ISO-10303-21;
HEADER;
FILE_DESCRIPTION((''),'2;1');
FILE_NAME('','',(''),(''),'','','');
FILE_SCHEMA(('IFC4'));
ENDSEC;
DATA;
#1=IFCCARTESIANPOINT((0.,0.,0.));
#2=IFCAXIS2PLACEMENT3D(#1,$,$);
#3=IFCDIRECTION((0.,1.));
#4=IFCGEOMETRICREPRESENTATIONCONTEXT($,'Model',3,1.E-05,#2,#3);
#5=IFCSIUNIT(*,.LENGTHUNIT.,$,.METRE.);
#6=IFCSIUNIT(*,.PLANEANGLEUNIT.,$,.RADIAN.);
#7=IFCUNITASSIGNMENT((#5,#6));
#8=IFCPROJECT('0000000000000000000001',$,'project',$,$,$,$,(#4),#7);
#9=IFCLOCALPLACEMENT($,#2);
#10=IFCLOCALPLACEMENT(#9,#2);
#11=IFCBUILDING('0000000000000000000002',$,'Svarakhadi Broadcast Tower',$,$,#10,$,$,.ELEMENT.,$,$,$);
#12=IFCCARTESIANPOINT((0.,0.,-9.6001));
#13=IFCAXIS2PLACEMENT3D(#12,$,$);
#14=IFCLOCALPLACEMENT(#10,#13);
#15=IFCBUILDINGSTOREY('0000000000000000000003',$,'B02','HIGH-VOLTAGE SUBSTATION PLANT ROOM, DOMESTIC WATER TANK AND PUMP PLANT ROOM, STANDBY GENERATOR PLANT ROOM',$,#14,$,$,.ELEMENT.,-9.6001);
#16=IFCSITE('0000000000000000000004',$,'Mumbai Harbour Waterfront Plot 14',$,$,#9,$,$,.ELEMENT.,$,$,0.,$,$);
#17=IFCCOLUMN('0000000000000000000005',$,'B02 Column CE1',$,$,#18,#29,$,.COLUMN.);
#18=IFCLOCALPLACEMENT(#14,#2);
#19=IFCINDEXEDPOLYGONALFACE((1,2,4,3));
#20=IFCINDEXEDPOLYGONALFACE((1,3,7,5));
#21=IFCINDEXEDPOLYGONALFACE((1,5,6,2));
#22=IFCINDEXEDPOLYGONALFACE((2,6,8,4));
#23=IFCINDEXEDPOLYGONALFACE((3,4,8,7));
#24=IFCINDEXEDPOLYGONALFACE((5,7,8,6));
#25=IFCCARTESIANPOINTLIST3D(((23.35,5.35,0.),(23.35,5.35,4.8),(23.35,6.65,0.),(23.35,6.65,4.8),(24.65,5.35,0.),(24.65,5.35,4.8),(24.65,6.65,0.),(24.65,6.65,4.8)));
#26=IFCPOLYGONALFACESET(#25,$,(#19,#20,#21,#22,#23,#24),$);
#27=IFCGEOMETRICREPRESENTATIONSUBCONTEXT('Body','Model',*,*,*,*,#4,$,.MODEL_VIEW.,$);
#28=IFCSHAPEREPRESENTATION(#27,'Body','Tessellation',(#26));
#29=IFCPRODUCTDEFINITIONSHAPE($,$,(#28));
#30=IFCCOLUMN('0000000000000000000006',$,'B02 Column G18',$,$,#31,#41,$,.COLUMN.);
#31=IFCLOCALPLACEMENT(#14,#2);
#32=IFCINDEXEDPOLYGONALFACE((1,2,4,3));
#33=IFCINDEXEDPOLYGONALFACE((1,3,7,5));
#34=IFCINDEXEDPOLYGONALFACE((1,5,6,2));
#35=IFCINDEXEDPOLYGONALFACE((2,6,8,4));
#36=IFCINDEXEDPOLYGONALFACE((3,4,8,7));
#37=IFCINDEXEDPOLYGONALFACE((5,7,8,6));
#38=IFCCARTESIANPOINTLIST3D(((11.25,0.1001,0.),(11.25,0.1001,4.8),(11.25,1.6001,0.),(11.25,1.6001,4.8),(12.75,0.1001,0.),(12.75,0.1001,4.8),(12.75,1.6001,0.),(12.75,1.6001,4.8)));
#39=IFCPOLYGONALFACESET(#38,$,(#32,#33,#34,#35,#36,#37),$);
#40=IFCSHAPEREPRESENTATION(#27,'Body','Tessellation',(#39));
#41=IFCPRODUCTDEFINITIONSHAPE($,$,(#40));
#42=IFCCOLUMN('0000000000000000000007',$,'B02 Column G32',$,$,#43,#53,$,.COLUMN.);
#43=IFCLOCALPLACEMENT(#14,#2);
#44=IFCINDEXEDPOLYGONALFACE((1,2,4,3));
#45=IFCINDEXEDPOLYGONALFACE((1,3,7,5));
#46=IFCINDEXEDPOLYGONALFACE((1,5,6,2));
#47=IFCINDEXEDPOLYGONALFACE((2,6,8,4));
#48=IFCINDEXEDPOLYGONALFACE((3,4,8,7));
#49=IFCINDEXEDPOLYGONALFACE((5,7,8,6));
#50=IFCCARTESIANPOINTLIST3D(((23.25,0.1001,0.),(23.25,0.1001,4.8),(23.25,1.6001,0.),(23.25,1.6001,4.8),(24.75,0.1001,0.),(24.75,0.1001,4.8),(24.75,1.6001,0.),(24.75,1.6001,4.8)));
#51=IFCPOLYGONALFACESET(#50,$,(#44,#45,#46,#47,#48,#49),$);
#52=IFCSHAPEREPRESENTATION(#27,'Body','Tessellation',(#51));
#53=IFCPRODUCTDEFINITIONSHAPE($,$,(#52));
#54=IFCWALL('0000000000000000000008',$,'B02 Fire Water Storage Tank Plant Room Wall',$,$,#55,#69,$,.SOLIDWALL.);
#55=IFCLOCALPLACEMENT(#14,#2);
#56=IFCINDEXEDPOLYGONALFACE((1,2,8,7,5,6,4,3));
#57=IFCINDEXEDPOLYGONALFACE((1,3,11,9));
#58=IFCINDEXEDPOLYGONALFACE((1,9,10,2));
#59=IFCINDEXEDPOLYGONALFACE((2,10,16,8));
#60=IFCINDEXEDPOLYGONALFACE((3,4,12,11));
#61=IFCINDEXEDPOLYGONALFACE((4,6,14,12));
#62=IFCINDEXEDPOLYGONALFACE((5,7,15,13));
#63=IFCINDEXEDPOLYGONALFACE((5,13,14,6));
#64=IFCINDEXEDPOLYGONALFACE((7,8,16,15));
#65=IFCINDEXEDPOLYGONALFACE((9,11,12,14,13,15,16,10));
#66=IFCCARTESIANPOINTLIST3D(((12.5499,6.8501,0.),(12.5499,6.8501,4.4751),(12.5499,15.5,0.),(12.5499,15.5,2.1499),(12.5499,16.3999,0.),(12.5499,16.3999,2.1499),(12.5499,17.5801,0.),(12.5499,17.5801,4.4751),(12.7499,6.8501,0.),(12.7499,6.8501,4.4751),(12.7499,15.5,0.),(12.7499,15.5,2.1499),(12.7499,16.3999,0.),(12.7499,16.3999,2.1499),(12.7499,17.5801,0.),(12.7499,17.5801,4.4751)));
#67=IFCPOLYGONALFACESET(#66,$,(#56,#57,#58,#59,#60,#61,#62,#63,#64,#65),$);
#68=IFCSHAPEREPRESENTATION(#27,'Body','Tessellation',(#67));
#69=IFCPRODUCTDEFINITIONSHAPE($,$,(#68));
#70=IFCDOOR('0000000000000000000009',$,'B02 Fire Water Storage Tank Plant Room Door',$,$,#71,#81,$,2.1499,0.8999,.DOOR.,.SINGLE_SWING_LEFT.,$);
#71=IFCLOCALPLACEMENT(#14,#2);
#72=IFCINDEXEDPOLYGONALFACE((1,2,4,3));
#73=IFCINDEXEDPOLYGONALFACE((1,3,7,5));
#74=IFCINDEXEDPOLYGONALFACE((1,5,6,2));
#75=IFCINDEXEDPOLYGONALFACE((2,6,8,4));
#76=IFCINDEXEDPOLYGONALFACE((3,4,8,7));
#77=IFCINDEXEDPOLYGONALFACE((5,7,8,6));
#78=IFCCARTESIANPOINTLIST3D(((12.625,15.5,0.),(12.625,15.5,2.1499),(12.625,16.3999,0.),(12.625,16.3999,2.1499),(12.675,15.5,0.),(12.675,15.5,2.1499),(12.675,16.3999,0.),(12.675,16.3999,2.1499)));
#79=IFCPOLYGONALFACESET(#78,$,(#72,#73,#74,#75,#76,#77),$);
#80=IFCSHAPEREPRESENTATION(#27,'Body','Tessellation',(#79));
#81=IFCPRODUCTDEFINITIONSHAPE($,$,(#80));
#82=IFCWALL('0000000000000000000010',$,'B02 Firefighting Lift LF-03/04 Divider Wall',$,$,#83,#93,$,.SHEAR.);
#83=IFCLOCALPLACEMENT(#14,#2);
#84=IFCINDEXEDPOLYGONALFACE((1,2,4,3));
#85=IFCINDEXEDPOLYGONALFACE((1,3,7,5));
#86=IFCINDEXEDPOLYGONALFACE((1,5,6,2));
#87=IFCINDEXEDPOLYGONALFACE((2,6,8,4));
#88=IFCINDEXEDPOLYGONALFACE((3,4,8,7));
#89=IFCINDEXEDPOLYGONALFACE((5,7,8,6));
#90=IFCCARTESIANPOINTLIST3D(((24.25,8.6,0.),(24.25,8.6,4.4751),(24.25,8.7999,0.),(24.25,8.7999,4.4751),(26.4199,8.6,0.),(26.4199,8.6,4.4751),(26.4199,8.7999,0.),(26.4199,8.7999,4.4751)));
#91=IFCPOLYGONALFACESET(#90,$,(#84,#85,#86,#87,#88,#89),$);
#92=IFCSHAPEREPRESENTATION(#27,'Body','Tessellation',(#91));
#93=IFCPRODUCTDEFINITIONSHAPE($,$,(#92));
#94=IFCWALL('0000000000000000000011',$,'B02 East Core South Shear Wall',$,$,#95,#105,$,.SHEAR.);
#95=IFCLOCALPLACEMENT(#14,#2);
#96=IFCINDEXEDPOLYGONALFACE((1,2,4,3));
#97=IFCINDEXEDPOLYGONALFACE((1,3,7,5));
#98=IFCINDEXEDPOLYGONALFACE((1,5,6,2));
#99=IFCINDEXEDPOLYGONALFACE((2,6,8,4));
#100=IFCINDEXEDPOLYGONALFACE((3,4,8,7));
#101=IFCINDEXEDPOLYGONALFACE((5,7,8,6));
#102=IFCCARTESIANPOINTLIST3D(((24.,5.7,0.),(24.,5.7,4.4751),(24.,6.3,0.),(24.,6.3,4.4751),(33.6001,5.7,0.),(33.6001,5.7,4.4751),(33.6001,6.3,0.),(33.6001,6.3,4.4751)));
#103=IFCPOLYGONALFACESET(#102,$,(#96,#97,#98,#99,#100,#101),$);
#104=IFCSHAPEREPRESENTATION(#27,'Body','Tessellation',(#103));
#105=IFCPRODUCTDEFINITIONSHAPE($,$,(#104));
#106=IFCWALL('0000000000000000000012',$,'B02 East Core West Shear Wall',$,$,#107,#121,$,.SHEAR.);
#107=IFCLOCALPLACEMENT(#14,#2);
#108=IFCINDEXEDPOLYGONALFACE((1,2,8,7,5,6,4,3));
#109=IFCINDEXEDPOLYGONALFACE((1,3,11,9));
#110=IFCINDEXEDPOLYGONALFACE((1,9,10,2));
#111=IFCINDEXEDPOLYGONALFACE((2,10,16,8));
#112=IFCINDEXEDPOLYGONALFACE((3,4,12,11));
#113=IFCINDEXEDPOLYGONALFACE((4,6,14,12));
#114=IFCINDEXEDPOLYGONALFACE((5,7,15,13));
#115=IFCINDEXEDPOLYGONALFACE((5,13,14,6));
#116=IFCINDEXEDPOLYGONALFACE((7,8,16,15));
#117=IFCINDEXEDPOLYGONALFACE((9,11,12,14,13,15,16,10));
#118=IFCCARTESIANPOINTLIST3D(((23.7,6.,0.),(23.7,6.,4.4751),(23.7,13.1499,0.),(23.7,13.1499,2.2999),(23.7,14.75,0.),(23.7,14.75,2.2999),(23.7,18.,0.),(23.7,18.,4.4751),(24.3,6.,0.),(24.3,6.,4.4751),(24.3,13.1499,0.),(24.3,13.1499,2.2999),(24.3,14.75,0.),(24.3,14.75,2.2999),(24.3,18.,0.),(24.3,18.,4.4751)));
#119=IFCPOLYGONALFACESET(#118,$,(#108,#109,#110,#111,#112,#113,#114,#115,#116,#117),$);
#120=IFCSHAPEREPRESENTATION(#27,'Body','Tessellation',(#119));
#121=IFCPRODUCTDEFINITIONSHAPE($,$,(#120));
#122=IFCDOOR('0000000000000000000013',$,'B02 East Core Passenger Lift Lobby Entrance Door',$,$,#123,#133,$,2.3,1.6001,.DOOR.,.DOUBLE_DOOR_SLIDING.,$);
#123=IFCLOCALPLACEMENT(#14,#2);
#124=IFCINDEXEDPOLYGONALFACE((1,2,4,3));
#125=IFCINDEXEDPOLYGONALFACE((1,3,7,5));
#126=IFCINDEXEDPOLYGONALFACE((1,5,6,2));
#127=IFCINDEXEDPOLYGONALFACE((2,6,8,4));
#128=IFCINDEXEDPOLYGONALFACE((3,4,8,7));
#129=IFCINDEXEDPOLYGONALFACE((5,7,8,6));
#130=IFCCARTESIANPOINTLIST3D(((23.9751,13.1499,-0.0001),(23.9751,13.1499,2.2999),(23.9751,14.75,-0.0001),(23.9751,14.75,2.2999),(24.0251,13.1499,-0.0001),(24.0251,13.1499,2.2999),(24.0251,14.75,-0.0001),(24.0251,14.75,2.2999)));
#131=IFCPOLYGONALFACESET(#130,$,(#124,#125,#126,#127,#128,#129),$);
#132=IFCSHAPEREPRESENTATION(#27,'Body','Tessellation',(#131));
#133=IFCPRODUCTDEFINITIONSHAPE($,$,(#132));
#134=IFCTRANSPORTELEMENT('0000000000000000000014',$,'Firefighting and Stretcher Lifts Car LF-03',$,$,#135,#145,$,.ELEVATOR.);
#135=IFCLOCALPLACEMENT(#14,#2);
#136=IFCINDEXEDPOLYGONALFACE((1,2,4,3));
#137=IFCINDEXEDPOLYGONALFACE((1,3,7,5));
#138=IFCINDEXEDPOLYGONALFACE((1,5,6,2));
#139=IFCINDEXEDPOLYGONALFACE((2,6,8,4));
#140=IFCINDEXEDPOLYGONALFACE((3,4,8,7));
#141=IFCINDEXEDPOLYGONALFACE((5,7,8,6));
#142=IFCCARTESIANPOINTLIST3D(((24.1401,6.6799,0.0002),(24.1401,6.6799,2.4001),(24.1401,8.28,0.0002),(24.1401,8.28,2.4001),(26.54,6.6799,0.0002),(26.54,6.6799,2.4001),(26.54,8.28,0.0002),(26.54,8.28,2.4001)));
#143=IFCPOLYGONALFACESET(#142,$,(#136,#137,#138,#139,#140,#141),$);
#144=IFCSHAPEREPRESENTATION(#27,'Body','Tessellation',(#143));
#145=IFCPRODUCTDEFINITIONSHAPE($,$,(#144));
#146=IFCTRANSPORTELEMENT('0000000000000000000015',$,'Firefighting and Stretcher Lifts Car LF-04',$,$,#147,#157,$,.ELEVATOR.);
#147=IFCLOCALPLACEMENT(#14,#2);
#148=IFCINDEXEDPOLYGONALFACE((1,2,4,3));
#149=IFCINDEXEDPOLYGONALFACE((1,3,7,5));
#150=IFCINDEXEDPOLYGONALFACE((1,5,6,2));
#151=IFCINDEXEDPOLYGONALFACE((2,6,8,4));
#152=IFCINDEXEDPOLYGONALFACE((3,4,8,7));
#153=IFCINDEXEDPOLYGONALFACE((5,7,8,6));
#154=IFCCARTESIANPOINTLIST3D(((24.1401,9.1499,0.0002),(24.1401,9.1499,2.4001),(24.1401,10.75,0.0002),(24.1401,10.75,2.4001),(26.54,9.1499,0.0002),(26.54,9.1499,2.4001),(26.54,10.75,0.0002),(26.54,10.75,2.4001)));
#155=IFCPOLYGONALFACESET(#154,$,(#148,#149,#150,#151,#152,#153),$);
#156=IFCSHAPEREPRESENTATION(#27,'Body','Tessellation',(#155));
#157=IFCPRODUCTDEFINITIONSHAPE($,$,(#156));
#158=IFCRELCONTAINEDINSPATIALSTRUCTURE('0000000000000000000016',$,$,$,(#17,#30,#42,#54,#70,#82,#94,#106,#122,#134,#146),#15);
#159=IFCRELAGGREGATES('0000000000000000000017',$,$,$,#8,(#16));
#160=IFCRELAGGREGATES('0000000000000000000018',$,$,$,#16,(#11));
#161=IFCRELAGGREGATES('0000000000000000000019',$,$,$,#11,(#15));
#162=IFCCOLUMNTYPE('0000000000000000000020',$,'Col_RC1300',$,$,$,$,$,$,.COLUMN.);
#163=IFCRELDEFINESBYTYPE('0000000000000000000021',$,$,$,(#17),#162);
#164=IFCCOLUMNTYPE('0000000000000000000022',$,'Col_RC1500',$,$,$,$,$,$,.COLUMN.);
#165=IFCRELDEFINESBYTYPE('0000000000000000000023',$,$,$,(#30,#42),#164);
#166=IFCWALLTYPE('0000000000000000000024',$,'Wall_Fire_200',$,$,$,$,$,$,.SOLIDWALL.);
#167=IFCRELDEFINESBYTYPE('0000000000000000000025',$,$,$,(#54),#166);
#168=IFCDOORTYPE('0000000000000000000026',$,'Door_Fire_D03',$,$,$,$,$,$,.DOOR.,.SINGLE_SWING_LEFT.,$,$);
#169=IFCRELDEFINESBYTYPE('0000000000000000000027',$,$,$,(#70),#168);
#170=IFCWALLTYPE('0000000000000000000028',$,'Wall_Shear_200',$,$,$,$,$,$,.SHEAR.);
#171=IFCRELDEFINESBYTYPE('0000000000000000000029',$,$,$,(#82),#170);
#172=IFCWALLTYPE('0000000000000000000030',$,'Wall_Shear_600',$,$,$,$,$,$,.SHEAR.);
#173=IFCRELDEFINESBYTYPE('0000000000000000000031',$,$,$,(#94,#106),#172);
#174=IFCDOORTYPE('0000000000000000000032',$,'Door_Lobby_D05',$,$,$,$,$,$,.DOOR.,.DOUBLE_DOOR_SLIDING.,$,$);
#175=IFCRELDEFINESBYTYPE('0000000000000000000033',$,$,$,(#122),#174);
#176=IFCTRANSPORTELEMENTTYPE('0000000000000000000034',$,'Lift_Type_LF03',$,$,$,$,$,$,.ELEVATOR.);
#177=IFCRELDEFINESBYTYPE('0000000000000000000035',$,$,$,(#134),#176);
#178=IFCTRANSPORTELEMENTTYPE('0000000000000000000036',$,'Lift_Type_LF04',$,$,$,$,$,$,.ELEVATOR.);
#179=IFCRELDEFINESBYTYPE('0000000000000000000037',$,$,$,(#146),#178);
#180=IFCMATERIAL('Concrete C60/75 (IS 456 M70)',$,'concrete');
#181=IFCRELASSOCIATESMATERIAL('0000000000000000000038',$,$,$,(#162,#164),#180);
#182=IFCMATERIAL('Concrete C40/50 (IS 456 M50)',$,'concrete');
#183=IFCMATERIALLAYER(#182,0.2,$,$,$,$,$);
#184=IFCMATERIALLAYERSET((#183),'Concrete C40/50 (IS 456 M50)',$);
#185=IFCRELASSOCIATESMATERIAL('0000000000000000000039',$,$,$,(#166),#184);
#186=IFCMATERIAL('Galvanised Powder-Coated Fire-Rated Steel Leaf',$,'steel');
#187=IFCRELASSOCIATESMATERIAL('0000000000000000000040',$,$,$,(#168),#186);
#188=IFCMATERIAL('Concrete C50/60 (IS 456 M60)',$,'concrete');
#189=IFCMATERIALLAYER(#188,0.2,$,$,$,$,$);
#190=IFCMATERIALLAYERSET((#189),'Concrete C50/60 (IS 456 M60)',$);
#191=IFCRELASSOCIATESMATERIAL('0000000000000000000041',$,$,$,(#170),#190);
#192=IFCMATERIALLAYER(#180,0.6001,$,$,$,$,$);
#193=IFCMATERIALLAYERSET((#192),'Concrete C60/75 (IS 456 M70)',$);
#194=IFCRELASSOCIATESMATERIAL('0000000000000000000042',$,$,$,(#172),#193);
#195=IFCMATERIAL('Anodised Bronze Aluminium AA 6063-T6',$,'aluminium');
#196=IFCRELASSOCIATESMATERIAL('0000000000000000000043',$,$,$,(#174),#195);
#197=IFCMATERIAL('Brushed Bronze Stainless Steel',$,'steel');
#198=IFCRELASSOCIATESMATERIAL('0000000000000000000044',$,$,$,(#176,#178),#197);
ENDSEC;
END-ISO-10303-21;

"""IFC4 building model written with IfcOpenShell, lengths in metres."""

from ifc_helpers import new_model, si_unit, direction, frame, frame_2d, origin, origin_2d, place, context, subcontext, project, spatial, rectangle, extrude, material, layer, layer_set, material_profile, profile_set, type_object, element, fill, save


model = new_model("IFC4")

# Units and contexts
model_context = context("Model", 3, precision=1e-05, world=origin(), true_north=direction((0.0, 1.0)))
body_context = subcontext(model_context, "Body", "Model", "MODEL_VIEW")
ifc_project = project(units=[si_unit("LENGTHUNIT", "METRE"), si_unit("PLANEANGLEUNIT", "RADIAN")], contexts=[model_context])

# Site, building, storey
site_placement = place(None, origin())
site = spatial("IfcSite", under=ifc_project, at=site_placement, Name="Mumbai Harbour Waterfront Plot 14", CompositionType="ELEMENT", RefElevation=0.0)
building_placement = place(site_placement, origin())
building = spatial("IfcBuilding", under=site, at=building_placement, Name="Svarakhadi Broadcast Tower", CompositionType="ELEMENT")
storey_placement = place(building_placement, frame((0.0, 0.0, -9.6001)))
storey = spatial("IfcBuildingStorey", under=building, at=storey_placement, Name="B02", Description="HIGH-VOLTAGE SUBSTATION PLANT ROOM, DOMESTIC WATER TANK AND PUMP PLANT ROOM, STANDBY GENERATOR PLANT ROOM", CompositionType="ELEMENT", Elevation=-9.6001)

# Columns
ifc_material_1 = material(Name="Concrete C60/75 (IS 456 M70)", Category="concrete")
ifc_material_profile_1 = material_profile(ifc_material_1, rectangle(XDim=1.3, YDim=1.3, at=origin_2d()), Name="RC 1300x1300")
ifc_profile_set_1 = profile_set([ifc_material_profile_1], Name="Concrete C60/75 (IS 456 M70)")
column_type_1 = type_object("IfcColumnType", Name="Col_RC1300", PredefinedType="COLUMN", material=ifc_profile_set_1)
column_1_placement = place(storey_placement, frame((24.0, 6.0, 0.0), z_axis=(0.0, 0.0, 1.0), x_axis=(1.0, 0.0, 0.0)))
element("IfcColumn", 1, at=column_1_placement, inside=storey, type_object=column_type_1, Name="B02 Column CE1", PredefinedType="COLUMN", context=body_context, shape_type="SweptSolid", body=[
    extrude(rectangle(XDim=1.3, YDim=1.3, at=origin_2d()), origin(), (0.0, 0.0, 1.0), 4.8),
])
ifc_material_profile_2 = material_profile(ifc_material_1, rectangle(XDim=1.5, YDim=1.5, at=origin_2d()), Name="RC 1500x1500")
ifc_profile_set_2 = profile_set([ifc_material_profile_2], Name="Concrete C60/75 (IS 456 M70)")
column_type_2 = type_object("IfcColumnType", Name="Col_RC1500", PredefinedType="COLUMN", material=ifc_profile_set_2)
for number, where, z_axis, x_axis, name in (
    (2, (12.0, 0.8501, 0.0), (0.0, 0.0, 1.0), (1.0, 0.0, 0.0), "B02 Column G18"),
    (3, (24.0, 0.8501, 0.0), (0.0, 0.0, 1.0), (1.0, 0.0, 0.0), "B02 Column G32"),
):
    element("IfcColumn", number, at=place(storey_placement, frame(where, z_axis=z_axis, x_axis=x_axis)), inside=storey, type_object=column_type_2, Name=name, PredefinedType="COLUMN", context=body_context, shape_type="SweptSolid", body=[
        extrude(rectangle(XDim=1.5, YDim=1.5, at=origin_2d()), origin(), (0.0, 0.0, 1.0), 4.8),
    ])

# Wall, opening, door
ifc_material_2 = material(Name="Concrete C40/50 (IS 456 M50)", Category="concrete")
ifc_layer_1 = layer(ifc_material_2, 0.2)
ifc_layer_set_1 = layer_set([ifc_layer_1], Name="Concrete C40/50 (IS 456 M50)")
wall_type_1 = type_object("IfcWallType", Name="Wall_Fire_200", PredefinedType="SOLIDWALL", material=ifc_layer_set_1)
wall_1_placement = place(storey_placement, frame((12.6499, 6.8501, 0.0), z_axis=(0.0, 0.0, 1.0), x_axis=(0.0, 1.0, 0.0)))
wall_1 = element("IfcWall", 4, at=wall_1_placement, inside=storey, type_object=wall_type_1, Name="B02 Fire Water Storage Tank Plant Room Wall", PredefinedType="SOLIDWALL", context=body_context, shape_type="SweptSolid", body=[
    extrude(rectangle(XDim=10.73, YDim=0.2, at=frame_2d((5.365, 0.0))), origin(), (0.0, 0.0, 1.0), 4.4751),
])
opening_1_placement = place(wall_1_placement, frame((8.6499, 0.0, 0.0)))
opening_1 = element("IfcOpeningElement", 5, at=opening_1_placement, cuts=wall_1, PredefinedType="OPENING", context=body_context, shape_type="SweptSolid", body=[
    extrude(rectangle(XDim=0.8999, YDim=2.1499, at=frame_2d((0.45, 1.075))), frame((0.0, 0.1099, 0.0), z_axis=(0.0, -1.0, 0.0), x_axis=(1.0, 0.0, 0.0)), (0.0, 0.0, 1.0), 0.22),
])
ifc_material_3 = material(Name="Galvanised Powder-Coated Fire-Rated Steel Leaf", Category="steel")
door_type_1 = type_object("IfcDoorType", Name="Door_Fire_D03", OperationType="SINGLE_SWING_LEFT", PredefinedType="DOOR", material=ifc_material_3)
door_1_placement = place(opening_1_placement, origin())
door_1 = element("IfcDoor", 6, at=door_1_placement, inside=storey, type_object=door_type_1, Name="B02 Fire Water Storage Tank Plant Room Door", OperationType="SINGLE_SWING_LEFT", OverallHeight=2.1499, OverallWidth=0.8999, PredefinedType="DOOR", context=body_context, shape_type="SweptSolid", body=[
    extrude(rectangle(XDim=0.8999, YDim=2.1499, at=frame_2d((0.45, 1.075))), frame((0.0, 0.0249, 0.0), z_axis=(0.0, -1.0, 0.0), x_axis=(1.0, 0.0, 0.0)), (0.0, 0.0, 1.0), 0.05),
])
fill(opening_1, door_1)

# Walls
ifc_material_4 = material(Name="Concrete C50/60 (IS 456 M60)", Category="concrete")
ifc_layer_2 = layer(ifc_material_4, 0.2)
ifc_layer_set_2 = layer_set([ifc_layer_2], Name="Concrete C50/60 (IS 456 M60)")
wall_type_2 = type_object("IfcWallType", Name="Wall_Shear_200", PredefinedType="SHEAR", material=ifc_layer_set_2)
wall_2_placement = place(storey_placement, frame((24.25, 8.7, 0.0), z_axis=(0.0, 0.0, 1.0), x_axis=(1.0, 0.0, 0.0)))
element("IfcWall", 7, at=wall_2_placement, inside=storey, type_object=wall_type_2, Name="B02 Firefighting Lift LF-03/04 Divider Wall", PredefinedType="SHEAR", context=body_context, shape_type="SweptSolid", body=[
    extrude(rectangle(XDim=2.1699, YDim=0.2, at=frame_2d((1.085, 0.0))), origin(), (0.0, 0.0, 1.0), 4.4751),
])
ifc_layer_3 = layer(ifc_material_1, 0.6001)
ifc_layer_set_3 = layer_set([ifc_layer_3], Name="Concrete C60/75 (IS 456 M70)")
wall_type_3 = type_object("IfcWallType", Name="Wall_Shear_600", PredefinedType="SHEAR", material=ifc_layer_set_3)
wall_3_placement = place(storey_placement, frame((24.0, 6.0, 0.0), z_axis=(0.0, 0.0, 1.0), x_axis=(1.0, 0.0, 0.0)))
element("IfcWall", 8, at=wall_3_placement, inside=storey, type_object=wall_type_3, Name="B02 East Core South Shear Wall", PredefinedType="SHEAR", context=body_context, shape_type="SweptSolid", body=[
    extrude(rectangle(XDim=9.6001, YDim=0.6001, at=frame_2d((4.8, 0.0))), origin(), (0.0, 0.0, 1.0), 4.4751),
])

# Wall, opening, door
wall_4_placement = place(storey_placement, frame((24.0, 6.0, 0.0), z_axis=(0.0, 0.0, 1.0), x_axis=(0.0, 1.0, 0.0)))
wall_4 = element("IfcWall", 9, at=wall_4_placement, inside=storey, type_object=wall_type_3, Name="B02 East Core West Shear Wall", PredefinedType="SHEAR", context=body_context, shape_type="SweptSolid", body=[
    extrude(rectangle(XDim=12.0, YDim=0.6001, at=frame_2d((6.0, 0.0))), origin(), (0.0, 0.0, 1.0), 4.4751),
])
opening_2_placement = place(wall_4_placement, frame((7.1499, 0.0, 0.0)))
opening_2 = element("IfcOpeningElement", 10, at=opening_2_placement, cuts=wall_4, PredefinedType="OPENING", context=body_context, shape_type="SweptSolid", body=[
    extrude(rectangle(XDim=1.6001, YDim=2.3, at=frame_2d((0.8, 1.1499))), frame((0.0, 0.3101, 0.0), z_axis=(0.0, -1.0, 0.0), x_axis=(1.0, 0.0, 0.0)), (0.0, 0.0, 1.0), 0.6201),
])
ifc_material_5 = material(Name="Anodised Bronze Aluminium AA 6063-T6", Category="aluminium")
door_type_2 = type_object("IfcDoorType", Name="Door_Lobby_D05", OperationType="DOUBLE_DOOR_SLIDING", PredefinedType="DOOR", material=ifc_material_5)
door_2_placement = place(opening_2_placement, origin())
door_2 = element("IfcDoor", 11, at=door_2_placement, inside=storey, type_object=door_type_2, Name="B02 East Core Passenger Lift Lobby Entrance Door", OperationType="DOUBLE_DOOR_SLIDING", OverallHeight=2.3, OverallWidth=1.6001, PredefinedType="DOOR", context=body_context, shape_type="SweptSolid", body=[
    extrude(rectangle(XDim=1.6001, YDim=2.3, at=frame_2d((0.8, 1.1499))), frame((0.0, 0.0249, 0.0), z_axis=(0.0, -1.0, 0.0), x_axis=(1.0, 0.0, 0.0)), (0.0, 0.0, 1.0), 0.05),
])
fill(opening_2, door_2)

# Transport elements
ifc_material_6 = material(Name="Brushed Bronze Stainless Steel", Category="steel")
transport_element_type_1 = type_object("IfcTransportElementType", Name="Lift_Type_LF03", PredefinedType="ELEVATOR", material=ifc_material_6)
transport_element_1_placement = place(storey_placement, frame((25.3401, 7.48, 0.0002), z_axis=(0.0, 0.0, 1.0), x_axis=(0.0, 1.0, 0.0)))
element("IfcTransportElement", 12, at=transport_element_1_placement, inside=storey, type_object=transport_element_type_1, Name="Firefighting and Stretcher Lifts Car LF-03", PredefinedType="ELEVATOR", context=body_context, shape_type="SweptSolid", body=[
    extrude(rectangle(XDim=1.6001, YDim=2.3999, at=origin_2d()), origin(), (0.0, 0.0, 1.0), 2.3999),
])
transport_element_type_2 = type_object("IfcTransportElementType", Name="Lift_Type_LF04", PredefinedType="ELEVATOR", material=ifc_material_6)
transport_element_2_placement = place(storey_placement, frame((25.3401, 9.95, 0.0002), z_axis=(0.0, 0.0, 1.0), x_axis=(0.0, 1.0, 0.0)))
element("IfcTransportElement", 13, at=transport_element_2_placement, inside=storey, type_object=transport_element_type_2, Name="Firefighting and Stretcher Lifts Car LF-04", PredefinedType="ELEVATOR", context=body_context, shape_type="SweptSolid", body=[
    extrude(rectangle(XDim=1.6001, YDim=2.3999, at=origin_2d()), origin(), (0.0, 0.0, 1.0), 2.3999),
])

save(model, "model.ifc")
